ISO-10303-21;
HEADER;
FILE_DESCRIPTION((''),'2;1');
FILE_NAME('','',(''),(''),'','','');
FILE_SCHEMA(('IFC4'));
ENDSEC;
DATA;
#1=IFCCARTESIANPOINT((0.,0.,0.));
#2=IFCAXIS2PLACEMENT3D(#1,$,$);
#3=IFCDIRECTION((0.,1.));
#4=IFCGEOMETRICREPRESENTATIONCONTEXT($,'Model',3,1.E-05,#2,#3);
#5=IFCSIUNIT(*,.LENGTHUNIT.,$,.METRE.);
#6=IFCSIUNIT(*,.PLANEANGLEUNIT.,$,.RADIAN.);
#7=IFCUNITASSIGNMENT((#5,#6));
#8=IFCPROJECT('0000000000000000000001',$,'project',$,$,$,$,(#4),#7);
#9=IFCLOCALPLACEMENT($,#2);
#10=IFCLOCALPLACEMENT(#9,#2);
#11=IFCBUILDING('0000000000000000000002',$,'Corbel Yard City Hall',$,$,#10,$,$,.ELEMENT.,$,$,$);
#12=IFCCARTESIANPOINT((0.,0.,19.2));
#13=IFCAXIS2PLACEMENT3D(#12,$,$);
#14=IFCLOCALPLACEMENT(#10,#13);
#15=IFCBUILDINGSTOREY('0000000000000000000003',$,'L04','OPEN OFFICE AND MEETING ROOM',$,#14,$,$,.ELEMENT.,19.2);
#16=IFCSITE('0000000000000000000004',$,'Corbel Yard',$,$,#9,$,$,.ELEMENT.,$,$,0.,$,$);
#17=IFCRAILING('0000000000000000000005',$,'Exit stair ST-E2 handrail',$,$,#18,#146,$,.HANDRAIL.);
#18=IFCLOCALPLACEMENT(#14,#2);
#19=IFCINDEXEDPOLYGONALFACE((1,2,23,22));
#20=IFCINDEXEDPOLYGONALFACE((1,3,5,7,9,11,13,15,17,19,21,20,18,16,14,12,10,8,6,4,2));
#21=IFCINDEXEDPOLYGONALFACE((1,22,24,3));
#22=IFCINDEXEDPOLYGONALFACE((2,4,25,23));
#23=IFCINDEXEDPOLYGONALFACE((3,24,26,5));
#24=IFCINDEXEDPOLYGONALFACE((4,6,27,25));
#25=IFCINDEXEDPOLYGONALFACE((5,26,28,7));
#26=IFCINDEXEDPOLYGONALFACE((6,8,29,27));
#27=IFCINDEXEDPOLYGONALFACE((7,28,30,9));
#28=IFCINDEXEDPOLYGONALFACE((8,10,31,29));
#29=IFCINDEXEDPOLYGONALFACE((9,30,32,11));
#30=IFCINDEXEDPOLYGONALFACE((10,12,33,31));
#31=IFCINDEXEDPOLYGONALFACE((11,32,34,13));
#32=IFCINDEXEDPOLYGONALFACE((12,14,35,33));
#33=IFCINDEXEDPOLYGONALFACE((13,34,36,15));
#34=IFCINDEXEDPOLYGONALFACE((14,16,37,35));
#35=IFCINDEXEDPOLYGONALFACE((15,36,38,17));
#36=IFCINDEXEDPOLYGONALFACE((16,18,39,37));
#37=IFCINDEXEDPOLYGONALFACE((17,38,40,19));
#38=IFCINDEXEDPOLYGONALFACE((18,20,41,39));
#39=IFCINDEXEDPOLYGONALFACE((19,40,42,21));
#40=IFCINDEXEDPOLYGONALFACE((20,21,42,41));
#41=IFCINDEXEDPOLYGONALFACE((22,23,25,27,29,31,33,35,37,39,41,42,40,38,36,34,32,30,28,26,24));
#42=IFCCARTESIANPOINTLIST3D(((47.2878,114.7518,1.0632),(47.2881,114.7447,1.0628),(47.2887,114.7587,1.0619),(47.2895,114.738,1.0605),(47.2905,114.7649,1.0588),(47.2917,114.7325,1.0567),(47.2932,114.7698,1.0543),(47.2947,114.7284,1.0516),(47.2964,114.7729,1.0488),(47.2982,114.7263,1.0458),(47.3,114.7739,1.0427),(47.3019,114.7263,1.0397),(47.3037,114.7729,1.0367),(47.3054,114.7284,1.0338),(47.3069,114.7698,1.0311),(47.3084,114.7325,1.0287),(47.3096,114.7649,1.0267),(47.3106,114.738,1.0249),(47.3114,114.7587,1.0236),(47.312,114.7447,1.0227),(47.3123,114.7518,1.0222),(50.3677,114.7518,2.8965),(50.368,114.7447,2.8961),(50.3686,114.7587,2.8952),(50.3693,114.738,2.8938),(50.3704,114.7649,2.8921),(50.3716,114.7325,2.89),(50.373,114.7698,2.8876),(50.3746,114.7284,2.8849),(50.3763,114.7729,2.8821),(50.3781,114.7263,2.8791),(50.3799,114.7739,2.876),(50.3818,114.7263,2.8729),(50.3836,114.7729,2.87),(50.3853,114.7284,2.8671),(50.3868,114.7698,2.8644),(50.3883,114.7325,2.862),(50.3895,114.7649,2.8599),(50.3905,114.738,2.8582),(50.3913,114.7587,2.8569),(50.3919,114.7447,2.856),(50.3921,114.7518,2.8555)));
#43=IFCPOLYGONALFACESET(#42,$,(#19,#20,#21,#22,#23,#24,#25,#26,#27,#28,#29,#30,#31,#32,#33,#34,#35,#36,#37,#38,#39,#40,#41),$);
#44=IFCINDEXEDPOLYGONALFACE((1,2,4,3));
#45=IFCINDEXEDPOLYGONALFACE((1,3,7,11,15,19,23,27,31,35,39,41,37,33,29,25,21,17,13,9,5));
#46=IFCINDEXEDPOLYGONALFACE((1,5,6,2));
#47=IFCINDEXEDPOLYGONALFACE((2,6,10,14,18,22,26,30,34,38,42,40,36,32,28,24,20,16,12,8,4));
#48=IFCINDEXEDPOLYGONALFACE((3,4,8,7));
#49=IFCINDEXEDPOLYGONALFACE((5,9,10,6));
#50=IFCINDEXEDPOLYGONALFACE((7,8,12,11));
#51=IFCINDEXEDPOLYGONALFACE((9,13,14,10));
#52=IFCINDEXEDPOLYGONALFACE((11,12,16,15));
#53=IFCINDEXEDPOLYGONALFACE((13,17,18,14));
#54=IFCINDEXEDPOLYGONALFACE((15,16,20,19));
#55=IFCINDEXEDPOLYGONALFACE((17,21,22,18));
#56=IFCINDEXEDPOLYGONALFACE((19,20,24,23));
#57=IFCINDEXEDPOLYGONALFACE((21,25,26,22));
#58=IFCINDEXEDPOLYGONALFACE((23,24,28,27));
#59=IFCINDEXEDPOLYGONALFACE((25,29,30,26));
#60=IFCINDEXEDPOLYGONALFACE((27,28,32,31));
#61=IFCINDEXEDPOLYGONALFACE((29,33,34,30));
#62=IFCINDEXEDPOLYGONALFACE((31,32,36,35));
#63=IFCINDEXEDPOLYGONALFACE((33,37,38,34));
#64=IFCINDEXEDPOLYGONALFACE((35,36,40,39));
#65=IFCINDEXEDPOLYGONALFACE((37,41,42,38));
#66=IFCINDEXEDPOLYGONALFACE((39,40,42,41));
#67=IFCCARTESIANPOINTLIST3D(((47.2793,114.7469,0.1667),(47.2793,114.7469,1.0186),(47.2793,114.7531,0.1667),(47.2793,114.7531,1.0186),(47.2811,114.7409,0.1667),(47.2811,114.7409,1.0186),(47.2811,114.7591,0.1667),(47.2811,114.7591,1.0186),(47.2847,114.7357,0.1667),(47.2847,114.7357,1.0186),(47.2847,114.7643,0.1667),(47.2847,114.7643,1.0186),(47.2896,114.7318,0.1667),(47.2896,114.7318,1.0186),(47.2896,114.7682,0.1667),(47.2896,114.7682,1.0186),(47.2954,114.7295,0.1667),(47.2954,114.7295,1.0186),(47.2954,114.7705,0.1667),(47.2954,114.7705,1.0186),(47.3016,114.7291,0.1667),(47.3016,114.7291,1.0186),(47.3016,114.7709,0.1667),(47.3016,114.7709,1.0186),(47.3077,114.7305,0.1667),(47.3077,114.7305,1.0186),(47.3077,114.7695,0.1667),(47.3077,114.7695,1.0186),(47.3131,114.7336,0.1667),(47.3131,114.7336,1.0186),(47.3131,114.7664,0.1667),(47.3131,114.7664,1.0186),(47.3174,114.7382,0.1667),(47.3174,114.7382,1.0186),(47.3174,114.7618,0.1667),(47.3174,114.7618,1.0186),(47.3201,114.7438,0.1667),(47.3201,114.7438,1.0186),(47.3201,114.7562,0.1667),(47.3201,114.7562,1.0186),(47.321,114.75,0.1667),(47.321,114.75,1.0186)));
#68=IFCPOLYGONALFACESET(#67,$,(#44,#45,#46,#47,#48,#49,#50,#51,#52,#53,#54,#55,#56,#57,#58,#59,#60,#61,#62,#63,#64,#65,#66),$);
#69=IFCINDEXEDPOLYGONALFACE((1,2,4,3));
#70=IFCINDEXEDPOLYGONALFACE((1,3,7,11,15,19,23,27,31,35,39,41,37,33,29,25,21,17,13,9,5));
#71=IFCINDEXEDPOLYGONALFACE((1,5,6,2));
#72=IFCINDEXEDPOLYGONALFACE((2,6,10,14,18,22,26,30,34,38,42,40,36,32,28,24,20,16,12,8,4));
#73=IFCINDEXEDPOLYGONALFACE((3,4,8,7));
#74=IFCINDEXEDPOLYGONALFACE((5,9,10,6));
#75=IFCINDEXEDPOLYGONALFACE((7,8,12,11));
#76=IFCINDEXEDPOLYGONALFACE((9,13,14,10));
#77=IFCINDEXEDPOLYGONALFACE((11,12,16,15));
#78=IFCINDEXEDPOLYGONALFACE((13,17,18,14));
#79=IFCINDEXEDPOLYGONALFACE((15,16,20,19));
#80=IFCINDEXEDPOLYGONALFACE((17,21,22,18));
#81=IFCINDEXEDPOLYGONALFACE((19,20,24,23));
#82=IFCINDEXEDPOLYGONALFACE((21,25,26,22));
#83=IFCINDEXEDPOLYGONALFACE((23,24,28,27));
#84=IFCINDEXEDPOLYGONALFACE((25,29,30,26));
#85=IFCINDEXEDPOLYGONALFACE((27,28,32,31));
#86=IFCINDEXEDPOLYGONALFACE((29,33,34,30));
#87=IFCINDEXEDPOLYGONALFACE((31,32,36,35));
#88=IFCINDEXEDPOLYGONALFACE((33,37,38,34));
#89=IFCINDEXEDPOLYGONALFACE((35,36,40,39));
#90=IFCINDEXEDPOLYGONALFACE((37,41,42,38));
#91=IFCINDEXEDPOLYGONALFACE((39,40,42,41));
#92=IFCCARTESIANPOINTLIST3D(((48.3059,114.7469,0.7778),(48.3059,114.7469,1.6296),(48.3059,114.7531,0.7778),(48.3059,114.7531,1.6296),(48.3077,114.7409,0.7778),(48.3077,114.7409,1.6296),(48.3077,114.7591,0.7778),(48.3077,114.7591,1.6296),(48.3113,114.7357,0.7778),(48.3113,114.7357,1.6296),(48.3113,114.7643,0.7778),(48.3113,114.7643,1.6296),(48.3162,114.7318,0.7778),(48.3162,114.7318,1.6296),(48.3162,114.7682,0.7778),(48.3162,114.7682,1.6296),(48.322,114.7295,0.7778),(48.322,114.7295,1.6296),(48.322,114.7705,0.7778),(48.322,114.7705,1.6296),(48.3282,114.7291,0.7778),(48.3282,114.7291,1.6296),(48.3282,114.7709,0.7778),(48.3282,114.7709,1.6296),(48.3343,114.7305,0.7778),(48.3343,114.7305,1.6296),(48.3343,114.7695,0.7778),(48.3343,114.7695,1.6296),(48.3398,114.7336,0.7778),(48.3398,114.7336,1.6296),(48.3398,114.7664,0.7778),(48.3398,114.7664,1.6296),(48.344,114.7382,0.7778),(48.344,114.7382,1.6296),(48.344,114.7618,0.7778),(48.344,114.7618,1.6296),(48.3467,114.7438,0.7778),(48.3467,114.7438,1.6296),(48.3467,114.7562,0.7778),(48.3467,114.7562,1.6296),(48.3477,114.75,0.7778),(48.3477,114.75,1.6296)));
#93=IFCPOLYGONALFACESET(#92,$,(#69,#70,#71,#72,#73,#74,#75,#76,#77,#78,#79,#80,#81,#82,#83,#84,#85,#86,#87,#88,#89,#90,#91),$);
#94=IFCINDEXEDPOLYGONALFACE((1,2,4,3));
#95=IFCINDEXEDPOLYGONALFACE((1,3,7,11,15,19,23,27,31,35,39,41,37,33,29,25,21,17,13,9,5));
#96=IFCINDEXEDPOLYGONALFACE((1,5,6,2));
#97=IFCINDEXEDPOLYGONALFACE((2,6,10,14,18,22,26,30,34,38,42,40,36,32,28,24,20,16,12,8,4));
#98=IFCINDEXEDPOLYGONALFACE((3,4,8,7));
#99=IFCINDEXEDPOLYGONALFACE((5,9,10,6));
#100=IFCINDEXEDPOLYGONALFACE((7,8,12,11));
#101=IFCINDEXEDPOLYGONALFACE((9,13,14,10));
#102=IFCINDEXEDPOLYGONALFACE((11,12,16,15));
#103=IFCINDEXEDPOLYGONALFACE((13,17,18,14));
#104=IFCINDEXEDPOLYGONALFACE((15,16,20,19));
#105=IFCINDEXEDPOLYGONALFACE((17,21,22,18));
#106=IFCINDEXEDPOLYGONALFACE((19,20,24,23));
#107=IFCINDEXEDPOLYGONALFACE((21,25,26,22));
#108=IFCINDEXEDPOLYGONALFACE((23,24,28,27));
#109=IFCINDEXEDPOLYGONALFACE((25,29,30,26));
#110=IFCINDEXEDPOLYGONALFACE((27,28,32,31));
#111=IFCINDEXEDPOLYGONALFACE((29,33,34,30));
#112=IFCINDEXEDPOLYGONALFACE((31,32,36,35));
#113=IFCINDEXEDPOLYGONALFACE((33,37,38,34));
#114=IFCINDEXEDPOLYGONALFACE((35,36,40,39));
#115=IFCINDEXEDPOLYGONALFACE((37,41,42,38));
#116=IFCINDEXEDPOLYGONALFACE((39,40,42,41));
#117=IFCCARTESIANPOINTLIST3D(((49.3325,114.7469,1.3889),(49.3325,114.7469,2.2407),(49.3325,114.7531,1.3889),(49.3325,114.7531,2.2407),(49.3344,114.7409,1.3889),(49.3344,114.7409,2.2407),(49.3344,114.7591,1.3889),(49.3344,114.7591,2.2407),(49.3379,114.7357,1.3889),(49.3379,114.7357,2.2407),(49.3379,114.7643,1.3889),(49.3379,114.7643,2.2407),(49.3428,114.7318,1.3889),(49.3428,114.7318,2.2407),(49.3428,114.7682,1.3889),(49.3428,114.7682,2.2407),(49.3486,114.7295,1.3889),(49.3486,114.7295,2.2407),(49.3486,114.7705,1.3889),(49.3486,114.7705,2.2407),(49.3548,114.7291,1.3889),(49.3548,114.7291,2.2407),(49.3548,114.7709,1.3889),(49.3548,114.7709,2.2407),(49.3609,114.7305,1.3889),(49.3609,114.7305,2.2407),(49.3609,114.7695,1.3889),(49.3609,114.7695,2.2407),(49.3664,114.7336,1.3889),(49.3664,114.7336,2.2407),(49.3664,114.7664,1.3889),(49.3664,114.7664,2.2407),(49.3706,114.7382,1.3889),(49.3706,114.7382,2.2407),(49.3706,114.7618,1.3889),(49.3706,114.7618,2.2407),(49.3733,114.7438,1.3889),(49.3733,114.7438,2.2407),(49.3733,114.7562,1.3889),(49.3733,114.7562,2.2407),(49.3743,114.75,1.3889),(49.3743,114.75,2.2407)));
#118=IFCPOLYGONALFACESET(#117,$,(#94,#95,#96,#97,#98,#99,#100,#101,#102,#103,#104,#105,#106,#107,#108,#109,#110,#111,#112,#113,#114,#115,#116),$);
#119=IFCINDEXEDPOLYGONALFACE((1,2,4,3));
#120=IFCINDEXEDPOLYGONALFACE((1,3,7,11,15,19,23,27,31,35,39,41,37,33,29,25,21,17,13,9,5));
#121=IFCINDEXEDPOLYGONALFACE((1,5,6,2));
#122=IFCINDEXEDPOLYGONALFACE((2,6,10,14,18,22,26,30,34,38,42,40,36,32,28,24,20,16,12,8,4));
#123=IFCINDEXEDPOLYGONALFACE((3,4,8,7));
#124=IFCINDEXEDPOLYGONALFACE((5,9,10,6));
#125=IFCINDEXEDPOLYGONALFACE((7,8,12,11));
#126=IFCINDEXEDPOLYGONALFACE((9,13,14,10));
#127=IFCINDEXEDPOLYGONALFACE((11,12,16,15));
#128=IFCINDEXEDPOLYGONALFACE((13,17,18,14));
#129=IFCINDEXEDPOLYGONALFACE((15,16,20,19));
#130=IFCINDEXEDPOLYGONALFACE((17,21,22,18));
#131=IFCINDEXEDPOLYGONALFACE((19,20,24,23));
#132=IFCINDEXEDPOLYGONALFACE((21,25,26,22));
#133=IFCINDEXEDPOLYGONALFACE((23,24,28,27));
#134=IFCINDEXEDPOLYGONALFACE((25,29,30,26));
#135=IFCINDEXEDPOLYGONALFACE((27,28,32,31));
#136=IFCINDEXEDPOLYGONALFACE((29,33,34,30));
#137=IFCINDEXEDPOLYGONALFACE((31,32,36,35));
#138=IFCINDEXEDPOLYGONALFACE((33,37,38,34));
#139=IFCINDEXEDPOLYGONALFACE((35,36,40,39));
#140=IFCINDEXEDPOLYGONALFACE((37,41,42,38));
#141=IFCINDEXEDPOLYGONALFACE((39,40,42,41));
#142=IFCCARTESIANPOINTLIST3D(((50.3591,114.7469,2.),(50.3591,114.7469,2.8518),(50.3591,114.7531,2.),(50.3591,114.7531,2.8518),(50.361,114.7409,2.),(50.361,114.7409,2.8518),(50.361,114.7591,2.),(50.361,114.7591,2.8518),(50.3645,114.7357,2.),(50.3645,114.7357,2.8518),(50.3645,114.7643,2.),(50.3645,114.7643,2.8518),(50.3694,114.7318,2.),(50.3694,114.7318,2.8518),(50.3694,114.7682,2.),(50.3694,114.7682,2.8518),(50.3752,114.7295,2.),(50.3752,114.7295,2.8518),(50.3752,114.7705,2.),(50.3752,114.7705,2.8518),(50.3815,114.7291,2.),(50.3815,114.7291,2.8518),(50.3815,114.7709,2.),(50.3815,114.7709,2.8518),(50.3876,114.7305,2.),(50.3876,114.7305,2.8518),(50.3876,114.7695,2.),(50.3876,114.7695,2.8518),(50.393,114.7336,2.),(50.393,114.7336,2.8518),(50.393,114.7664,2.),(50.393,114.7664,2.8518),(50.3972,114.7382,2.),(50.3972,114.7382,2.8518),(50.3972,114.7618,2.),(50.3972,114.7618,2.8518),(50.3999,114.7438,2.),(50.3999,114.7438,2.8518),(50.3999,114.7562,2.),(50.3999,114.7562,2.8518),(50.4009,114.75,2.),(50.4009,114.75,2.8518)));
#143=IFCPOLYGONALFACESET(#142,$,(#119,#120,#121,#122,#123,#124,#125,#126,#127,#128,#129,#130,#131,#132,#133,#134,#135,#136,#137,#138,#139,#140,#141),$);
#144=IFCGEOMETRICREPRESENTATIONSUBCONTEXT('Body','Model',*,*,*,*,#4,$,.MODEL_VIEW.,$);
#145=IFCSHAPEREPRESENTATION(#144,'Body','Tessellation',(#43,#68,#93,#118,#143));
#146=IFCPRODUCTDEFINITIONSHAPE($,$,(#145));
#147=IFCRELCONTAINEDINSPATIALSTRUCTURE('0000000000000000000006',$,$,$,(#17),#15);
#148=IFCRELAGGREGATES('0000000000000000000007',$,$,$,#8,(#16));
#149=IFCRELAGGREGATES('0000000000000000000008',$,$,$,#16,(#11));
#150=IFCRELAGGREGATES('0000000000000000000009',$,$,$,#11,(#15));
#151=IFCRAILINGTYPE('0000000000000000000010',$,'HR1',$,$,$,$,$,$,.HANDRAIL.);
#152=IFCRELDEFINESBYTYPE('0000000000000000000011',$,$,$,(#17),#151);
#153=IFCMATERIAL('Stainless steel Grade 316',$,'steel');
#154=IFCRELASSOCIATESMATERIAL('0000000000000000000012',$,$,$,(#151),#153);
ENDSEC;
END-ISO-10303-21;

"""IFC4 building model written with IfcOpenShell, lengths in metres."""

from ifc_helpers import new_model, si_unit, direction, frame, origin, origin_2d, place, context, subcontext, project, spatial, circle, extrude, material, type_object, element, save


model = new_model("IFC4")

# Units and contexts
model_context = context("Model", 3, precision=1e-05, world=origin(), true_north=direction((0.0, 1.0)))
body_context = subcontext(model_context, "Body", "Model", "MODEL_VIEW")
ifc_project = project(units=[si_unit("LENGTHUNIT", "METRE"), si_unit("PLANEANGLEUNIT", "RADIAN")], contexts=[model_context])

# Site, building, storey
site_placement = place(None, origin())
site = spatial("IfcSite", under=ifc_project, at=site_placement, Name="Corbel Yard", CompositionType="ELEMENT", RefElevation=0.0)
building_placement = place(site_placement, origin())
building = spatial("IfcBuilding", under=site, at=building_placement, Name="Corbel Yard City Hall", CompositionType="ELEMENT")
storey_placement = place(building_placement, frame((0.0, 0.0, 19.2)))
storey = spatial("IfcBuildingStorey", under=building, at=storey_placement, Name="L04", Description="OPEN OFFICE AND MEETING ROOM", CompositionType="ELEMENT", Elevation=19.2)

# Shared definitions
ifc_material_1 = material(Name="Stainless steel Grade 316", Category="steel")

# Railing
railing_type = type_object("IfcRailingType", Name="HR1", PredefinedType="HANDRAIL", material=ifc_material_1)
railing_placement = place(storey_placement, frame((47.3, 114.75, 0.1667)))
element("IfcRailing", 1, at=railing_placement, inside=storey, type_object=railing_type, Name="Exit stair ST-E2 handrail", PredefinedType="HANDRAIL", context=body_context, shape_type="SweptSolid", body=[
    extrude(circle(Radius=0.0239, at=origin_2d()), frame((0.0, 0.0, 0.876), z_axis=(0.859291, 0.0, 0.511487), x_axis=(0.0, 1.0, 0.0)), (0.0, 0.0, 1.0), 3.5842),
    extrude(circle(Radius=0.021, at=origin_2d()), origin(), (0.0, 0.0, 1.0), 0.8518),
    extrude(circle(Radius=0.021, at=origin_2d()), frame((1.0266, 0.0, 0.6111)), (0.0, 0.0, 1.0), 0.8518),
    extrude(circle(Radius=0.021, at=origin_2d()), frame((2.0532, 0.0, 1.2222)), (0.0, 0.0, 1.0), 0.8518),
    extrude(circle(Radius=0.021, at=origin_2d()), frame((3.0798, 0.0, 1.8333)), (0.0, 0.0, 1.0), 0.8518),
])

save(model, "model.ifc")
